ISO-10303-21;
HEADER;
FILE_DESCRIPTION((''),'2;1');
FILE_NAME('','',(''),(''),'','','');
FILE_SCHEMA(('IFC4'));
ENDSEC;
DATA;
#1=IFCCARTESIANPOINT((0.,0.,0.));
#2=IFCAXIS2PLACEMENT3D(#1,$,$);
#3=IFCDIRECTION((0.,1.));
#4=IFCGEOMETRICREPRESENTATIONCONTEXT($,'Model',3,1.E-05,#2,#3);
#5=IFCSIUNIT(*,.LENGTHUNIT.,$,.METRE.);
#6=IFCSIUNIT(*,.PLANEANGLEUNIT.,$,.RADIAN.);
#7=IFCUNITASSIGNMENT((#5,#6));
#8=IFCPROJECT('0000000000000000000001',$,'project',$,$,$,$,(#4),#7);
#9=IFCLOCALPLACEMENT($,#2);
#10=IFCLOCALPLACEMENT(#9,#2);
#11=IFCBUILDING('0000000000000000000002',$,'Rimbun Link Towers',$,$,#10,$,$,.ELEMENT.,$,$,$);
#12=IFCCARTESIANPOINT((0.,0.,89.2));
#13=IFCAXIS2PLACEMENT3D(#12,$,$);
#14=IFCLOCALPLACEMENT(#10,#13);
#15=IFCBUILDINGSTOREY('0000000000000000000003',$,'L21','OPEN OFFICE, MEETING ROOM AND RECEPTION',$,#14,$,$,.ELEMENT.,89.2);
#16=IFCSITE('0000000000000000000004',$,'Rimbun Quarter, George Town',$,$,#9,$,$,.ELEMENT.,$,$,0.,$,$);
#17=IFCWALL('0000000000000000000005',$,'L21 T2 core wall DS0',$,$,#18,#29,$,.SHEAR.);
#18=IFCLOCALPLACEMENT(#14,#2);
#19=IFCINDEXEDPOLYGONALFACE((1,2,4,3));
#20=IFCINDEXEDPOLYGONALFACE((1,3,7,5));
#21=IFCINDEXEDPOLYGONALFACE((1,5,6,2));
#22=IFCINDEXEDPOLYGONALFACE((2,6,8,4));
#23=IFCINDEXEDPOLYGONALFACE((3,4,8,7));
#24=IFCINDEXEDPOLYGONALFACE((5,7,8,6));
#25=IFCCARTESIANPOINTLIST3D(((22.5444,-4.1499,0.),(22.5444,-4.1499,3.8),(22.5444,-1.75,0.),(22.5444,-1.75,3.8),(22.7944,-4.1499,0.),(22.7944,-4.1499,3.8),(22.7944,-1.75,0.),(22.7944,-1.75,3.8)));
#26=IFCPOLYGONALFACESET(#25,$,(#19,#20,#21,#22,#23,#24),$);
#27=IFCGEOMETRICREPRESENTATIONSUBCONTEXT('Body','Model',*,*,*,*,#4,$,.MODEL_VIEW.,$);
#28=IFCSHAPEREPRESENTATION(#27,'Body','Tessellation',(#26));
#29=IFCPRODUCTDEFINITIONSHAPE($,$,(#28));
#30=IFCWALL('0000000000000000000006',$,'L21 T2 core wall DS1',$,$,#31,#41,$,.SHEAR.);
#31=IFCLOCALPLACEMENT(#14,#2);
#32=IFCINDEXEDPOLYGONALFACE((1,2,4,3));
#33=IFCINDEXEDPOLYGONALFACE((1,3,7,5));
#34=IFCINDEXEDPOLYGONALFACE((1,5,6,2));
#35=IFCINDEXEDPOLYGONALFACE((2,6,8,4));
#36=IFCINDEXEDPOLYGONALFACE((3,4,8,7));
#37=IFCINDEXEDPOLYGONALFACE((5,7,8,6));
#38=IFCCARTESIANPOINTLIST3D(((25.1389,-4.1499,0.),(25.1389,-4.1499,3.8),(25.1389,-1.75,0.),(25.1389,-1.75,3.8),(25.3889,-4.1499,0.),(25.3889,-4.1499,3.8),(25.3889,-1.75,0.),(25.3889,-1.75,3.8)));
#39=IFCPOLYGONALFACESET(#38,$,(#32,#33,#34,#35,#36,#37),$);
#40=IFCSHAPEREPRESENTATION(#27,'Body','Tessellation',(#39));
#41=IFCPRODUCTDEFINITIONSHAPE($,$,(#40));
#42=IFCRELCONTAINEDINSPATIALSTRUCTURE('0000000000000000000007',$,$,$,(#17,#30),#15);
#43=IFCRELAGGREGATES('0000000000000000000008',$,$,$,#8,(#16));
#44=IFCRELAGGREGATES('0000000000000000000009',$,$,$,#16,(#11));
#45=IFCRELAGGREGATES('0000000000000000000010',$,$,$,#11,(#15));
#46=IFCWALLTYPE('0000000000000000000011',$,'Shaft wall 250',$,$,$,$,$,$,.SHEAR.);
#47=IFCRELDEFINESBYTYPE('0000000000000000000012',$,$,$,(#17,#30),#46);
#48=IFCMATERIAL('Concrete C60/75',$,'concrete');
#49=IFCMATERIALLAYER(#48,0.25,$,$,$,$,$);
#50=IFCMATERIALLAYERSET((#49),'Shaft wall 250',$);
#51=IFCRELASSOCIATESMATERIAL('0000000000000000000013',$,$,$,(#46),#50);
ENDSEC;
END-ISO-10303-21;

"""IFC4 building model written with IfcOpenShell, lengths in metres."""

from ifc_helpers import new_model, si_unit, direction, frame, frame_2d, origin, place, context, subcontext, project, spatial, rectangle, extrude, material, layer, layer_set, type_object, element, save


model = new_model("IFC4")

# Units and contexts
model_context = context("Model", 3, precision=1e-05, world=origin(), true_north=direction((0.0, 1.0)))
body_context = subcontext(model_context, "Body", "Model", "MODEL_VIEW")
ifc_project = project(units=[si_unit("LENGTHUNIT", "METRE"), si_unit("PLANEANGLEUNIT", "RADIAN")], contexts=[model_context])

# Site, building, storey
site_placement = place(None, origin())
site = spatial("IfcSite", under=ifc_project, at=site_placement, Name="Rimbun Quarter, George Town", CompositionType="ELEMENT", RefElevation=0.0)
building_placement = place(site_placement, origin())
building = spatial("IfcBuilding", under=site, at=building_placement, Name="Rimbun Link Towers", CompositionType="ELEMENT")
storey_placement = place(building_placement, frame((0.0, 0.0, 89.2)))
storey = spatial("IfcBuildingStorey", under=building, at=storey_placement, Name="L21", Description="OPEN OFFICE, MEETING ROOM AND RECEPTION", CompositionType="ELEMENT", Elevation=89.2)

# Shared definitions
ifc_material_1 = material(Name="Concrete C60/75", Category="concrete")
ifc_layer_1 = layer(ifc_material_1, 0.25)
ifc_layer_set_1 = layer_set([ifc_layer_1], Name="Shaft wall 250")
wall_type_1 = type_object("IfcWallType", Name="Shaft wall 250", PredefinedType="SHEAR", material=ifc_layer_set_1)

# Walls
for number, where, z_axis, x_axis, name in (
    (1, (22.6694, -4.1499, 0.0), (0.0, 0.0, 1.0), (0.0, 1.0, 0.0), "L21 T2 core wall DS0"),
    (2, (25.2639, -4.1499, 0.0), (0.0, 0.0, 1.0), (0.0, 1.0, 0.0), "L21 T2 core wall DS1"),
):
    element("IfcWall", number, at=place(storey_placement, frame(where, z_axis=z_axis, x_axis=x_axis)), inside=storey, type_object=wall_type_1, Name=name, PredefinedType="SHEAR", context=body_context, shape_type="SweptSolid", body=[
        extrude(rectangle(XDim=2.3999, YDim=0.25, at=frame_2d((1.2, 0.0))), origin(), (0.0, 0.0, 1.0), 3.8),
    ])

save(model, "model.ifc")
